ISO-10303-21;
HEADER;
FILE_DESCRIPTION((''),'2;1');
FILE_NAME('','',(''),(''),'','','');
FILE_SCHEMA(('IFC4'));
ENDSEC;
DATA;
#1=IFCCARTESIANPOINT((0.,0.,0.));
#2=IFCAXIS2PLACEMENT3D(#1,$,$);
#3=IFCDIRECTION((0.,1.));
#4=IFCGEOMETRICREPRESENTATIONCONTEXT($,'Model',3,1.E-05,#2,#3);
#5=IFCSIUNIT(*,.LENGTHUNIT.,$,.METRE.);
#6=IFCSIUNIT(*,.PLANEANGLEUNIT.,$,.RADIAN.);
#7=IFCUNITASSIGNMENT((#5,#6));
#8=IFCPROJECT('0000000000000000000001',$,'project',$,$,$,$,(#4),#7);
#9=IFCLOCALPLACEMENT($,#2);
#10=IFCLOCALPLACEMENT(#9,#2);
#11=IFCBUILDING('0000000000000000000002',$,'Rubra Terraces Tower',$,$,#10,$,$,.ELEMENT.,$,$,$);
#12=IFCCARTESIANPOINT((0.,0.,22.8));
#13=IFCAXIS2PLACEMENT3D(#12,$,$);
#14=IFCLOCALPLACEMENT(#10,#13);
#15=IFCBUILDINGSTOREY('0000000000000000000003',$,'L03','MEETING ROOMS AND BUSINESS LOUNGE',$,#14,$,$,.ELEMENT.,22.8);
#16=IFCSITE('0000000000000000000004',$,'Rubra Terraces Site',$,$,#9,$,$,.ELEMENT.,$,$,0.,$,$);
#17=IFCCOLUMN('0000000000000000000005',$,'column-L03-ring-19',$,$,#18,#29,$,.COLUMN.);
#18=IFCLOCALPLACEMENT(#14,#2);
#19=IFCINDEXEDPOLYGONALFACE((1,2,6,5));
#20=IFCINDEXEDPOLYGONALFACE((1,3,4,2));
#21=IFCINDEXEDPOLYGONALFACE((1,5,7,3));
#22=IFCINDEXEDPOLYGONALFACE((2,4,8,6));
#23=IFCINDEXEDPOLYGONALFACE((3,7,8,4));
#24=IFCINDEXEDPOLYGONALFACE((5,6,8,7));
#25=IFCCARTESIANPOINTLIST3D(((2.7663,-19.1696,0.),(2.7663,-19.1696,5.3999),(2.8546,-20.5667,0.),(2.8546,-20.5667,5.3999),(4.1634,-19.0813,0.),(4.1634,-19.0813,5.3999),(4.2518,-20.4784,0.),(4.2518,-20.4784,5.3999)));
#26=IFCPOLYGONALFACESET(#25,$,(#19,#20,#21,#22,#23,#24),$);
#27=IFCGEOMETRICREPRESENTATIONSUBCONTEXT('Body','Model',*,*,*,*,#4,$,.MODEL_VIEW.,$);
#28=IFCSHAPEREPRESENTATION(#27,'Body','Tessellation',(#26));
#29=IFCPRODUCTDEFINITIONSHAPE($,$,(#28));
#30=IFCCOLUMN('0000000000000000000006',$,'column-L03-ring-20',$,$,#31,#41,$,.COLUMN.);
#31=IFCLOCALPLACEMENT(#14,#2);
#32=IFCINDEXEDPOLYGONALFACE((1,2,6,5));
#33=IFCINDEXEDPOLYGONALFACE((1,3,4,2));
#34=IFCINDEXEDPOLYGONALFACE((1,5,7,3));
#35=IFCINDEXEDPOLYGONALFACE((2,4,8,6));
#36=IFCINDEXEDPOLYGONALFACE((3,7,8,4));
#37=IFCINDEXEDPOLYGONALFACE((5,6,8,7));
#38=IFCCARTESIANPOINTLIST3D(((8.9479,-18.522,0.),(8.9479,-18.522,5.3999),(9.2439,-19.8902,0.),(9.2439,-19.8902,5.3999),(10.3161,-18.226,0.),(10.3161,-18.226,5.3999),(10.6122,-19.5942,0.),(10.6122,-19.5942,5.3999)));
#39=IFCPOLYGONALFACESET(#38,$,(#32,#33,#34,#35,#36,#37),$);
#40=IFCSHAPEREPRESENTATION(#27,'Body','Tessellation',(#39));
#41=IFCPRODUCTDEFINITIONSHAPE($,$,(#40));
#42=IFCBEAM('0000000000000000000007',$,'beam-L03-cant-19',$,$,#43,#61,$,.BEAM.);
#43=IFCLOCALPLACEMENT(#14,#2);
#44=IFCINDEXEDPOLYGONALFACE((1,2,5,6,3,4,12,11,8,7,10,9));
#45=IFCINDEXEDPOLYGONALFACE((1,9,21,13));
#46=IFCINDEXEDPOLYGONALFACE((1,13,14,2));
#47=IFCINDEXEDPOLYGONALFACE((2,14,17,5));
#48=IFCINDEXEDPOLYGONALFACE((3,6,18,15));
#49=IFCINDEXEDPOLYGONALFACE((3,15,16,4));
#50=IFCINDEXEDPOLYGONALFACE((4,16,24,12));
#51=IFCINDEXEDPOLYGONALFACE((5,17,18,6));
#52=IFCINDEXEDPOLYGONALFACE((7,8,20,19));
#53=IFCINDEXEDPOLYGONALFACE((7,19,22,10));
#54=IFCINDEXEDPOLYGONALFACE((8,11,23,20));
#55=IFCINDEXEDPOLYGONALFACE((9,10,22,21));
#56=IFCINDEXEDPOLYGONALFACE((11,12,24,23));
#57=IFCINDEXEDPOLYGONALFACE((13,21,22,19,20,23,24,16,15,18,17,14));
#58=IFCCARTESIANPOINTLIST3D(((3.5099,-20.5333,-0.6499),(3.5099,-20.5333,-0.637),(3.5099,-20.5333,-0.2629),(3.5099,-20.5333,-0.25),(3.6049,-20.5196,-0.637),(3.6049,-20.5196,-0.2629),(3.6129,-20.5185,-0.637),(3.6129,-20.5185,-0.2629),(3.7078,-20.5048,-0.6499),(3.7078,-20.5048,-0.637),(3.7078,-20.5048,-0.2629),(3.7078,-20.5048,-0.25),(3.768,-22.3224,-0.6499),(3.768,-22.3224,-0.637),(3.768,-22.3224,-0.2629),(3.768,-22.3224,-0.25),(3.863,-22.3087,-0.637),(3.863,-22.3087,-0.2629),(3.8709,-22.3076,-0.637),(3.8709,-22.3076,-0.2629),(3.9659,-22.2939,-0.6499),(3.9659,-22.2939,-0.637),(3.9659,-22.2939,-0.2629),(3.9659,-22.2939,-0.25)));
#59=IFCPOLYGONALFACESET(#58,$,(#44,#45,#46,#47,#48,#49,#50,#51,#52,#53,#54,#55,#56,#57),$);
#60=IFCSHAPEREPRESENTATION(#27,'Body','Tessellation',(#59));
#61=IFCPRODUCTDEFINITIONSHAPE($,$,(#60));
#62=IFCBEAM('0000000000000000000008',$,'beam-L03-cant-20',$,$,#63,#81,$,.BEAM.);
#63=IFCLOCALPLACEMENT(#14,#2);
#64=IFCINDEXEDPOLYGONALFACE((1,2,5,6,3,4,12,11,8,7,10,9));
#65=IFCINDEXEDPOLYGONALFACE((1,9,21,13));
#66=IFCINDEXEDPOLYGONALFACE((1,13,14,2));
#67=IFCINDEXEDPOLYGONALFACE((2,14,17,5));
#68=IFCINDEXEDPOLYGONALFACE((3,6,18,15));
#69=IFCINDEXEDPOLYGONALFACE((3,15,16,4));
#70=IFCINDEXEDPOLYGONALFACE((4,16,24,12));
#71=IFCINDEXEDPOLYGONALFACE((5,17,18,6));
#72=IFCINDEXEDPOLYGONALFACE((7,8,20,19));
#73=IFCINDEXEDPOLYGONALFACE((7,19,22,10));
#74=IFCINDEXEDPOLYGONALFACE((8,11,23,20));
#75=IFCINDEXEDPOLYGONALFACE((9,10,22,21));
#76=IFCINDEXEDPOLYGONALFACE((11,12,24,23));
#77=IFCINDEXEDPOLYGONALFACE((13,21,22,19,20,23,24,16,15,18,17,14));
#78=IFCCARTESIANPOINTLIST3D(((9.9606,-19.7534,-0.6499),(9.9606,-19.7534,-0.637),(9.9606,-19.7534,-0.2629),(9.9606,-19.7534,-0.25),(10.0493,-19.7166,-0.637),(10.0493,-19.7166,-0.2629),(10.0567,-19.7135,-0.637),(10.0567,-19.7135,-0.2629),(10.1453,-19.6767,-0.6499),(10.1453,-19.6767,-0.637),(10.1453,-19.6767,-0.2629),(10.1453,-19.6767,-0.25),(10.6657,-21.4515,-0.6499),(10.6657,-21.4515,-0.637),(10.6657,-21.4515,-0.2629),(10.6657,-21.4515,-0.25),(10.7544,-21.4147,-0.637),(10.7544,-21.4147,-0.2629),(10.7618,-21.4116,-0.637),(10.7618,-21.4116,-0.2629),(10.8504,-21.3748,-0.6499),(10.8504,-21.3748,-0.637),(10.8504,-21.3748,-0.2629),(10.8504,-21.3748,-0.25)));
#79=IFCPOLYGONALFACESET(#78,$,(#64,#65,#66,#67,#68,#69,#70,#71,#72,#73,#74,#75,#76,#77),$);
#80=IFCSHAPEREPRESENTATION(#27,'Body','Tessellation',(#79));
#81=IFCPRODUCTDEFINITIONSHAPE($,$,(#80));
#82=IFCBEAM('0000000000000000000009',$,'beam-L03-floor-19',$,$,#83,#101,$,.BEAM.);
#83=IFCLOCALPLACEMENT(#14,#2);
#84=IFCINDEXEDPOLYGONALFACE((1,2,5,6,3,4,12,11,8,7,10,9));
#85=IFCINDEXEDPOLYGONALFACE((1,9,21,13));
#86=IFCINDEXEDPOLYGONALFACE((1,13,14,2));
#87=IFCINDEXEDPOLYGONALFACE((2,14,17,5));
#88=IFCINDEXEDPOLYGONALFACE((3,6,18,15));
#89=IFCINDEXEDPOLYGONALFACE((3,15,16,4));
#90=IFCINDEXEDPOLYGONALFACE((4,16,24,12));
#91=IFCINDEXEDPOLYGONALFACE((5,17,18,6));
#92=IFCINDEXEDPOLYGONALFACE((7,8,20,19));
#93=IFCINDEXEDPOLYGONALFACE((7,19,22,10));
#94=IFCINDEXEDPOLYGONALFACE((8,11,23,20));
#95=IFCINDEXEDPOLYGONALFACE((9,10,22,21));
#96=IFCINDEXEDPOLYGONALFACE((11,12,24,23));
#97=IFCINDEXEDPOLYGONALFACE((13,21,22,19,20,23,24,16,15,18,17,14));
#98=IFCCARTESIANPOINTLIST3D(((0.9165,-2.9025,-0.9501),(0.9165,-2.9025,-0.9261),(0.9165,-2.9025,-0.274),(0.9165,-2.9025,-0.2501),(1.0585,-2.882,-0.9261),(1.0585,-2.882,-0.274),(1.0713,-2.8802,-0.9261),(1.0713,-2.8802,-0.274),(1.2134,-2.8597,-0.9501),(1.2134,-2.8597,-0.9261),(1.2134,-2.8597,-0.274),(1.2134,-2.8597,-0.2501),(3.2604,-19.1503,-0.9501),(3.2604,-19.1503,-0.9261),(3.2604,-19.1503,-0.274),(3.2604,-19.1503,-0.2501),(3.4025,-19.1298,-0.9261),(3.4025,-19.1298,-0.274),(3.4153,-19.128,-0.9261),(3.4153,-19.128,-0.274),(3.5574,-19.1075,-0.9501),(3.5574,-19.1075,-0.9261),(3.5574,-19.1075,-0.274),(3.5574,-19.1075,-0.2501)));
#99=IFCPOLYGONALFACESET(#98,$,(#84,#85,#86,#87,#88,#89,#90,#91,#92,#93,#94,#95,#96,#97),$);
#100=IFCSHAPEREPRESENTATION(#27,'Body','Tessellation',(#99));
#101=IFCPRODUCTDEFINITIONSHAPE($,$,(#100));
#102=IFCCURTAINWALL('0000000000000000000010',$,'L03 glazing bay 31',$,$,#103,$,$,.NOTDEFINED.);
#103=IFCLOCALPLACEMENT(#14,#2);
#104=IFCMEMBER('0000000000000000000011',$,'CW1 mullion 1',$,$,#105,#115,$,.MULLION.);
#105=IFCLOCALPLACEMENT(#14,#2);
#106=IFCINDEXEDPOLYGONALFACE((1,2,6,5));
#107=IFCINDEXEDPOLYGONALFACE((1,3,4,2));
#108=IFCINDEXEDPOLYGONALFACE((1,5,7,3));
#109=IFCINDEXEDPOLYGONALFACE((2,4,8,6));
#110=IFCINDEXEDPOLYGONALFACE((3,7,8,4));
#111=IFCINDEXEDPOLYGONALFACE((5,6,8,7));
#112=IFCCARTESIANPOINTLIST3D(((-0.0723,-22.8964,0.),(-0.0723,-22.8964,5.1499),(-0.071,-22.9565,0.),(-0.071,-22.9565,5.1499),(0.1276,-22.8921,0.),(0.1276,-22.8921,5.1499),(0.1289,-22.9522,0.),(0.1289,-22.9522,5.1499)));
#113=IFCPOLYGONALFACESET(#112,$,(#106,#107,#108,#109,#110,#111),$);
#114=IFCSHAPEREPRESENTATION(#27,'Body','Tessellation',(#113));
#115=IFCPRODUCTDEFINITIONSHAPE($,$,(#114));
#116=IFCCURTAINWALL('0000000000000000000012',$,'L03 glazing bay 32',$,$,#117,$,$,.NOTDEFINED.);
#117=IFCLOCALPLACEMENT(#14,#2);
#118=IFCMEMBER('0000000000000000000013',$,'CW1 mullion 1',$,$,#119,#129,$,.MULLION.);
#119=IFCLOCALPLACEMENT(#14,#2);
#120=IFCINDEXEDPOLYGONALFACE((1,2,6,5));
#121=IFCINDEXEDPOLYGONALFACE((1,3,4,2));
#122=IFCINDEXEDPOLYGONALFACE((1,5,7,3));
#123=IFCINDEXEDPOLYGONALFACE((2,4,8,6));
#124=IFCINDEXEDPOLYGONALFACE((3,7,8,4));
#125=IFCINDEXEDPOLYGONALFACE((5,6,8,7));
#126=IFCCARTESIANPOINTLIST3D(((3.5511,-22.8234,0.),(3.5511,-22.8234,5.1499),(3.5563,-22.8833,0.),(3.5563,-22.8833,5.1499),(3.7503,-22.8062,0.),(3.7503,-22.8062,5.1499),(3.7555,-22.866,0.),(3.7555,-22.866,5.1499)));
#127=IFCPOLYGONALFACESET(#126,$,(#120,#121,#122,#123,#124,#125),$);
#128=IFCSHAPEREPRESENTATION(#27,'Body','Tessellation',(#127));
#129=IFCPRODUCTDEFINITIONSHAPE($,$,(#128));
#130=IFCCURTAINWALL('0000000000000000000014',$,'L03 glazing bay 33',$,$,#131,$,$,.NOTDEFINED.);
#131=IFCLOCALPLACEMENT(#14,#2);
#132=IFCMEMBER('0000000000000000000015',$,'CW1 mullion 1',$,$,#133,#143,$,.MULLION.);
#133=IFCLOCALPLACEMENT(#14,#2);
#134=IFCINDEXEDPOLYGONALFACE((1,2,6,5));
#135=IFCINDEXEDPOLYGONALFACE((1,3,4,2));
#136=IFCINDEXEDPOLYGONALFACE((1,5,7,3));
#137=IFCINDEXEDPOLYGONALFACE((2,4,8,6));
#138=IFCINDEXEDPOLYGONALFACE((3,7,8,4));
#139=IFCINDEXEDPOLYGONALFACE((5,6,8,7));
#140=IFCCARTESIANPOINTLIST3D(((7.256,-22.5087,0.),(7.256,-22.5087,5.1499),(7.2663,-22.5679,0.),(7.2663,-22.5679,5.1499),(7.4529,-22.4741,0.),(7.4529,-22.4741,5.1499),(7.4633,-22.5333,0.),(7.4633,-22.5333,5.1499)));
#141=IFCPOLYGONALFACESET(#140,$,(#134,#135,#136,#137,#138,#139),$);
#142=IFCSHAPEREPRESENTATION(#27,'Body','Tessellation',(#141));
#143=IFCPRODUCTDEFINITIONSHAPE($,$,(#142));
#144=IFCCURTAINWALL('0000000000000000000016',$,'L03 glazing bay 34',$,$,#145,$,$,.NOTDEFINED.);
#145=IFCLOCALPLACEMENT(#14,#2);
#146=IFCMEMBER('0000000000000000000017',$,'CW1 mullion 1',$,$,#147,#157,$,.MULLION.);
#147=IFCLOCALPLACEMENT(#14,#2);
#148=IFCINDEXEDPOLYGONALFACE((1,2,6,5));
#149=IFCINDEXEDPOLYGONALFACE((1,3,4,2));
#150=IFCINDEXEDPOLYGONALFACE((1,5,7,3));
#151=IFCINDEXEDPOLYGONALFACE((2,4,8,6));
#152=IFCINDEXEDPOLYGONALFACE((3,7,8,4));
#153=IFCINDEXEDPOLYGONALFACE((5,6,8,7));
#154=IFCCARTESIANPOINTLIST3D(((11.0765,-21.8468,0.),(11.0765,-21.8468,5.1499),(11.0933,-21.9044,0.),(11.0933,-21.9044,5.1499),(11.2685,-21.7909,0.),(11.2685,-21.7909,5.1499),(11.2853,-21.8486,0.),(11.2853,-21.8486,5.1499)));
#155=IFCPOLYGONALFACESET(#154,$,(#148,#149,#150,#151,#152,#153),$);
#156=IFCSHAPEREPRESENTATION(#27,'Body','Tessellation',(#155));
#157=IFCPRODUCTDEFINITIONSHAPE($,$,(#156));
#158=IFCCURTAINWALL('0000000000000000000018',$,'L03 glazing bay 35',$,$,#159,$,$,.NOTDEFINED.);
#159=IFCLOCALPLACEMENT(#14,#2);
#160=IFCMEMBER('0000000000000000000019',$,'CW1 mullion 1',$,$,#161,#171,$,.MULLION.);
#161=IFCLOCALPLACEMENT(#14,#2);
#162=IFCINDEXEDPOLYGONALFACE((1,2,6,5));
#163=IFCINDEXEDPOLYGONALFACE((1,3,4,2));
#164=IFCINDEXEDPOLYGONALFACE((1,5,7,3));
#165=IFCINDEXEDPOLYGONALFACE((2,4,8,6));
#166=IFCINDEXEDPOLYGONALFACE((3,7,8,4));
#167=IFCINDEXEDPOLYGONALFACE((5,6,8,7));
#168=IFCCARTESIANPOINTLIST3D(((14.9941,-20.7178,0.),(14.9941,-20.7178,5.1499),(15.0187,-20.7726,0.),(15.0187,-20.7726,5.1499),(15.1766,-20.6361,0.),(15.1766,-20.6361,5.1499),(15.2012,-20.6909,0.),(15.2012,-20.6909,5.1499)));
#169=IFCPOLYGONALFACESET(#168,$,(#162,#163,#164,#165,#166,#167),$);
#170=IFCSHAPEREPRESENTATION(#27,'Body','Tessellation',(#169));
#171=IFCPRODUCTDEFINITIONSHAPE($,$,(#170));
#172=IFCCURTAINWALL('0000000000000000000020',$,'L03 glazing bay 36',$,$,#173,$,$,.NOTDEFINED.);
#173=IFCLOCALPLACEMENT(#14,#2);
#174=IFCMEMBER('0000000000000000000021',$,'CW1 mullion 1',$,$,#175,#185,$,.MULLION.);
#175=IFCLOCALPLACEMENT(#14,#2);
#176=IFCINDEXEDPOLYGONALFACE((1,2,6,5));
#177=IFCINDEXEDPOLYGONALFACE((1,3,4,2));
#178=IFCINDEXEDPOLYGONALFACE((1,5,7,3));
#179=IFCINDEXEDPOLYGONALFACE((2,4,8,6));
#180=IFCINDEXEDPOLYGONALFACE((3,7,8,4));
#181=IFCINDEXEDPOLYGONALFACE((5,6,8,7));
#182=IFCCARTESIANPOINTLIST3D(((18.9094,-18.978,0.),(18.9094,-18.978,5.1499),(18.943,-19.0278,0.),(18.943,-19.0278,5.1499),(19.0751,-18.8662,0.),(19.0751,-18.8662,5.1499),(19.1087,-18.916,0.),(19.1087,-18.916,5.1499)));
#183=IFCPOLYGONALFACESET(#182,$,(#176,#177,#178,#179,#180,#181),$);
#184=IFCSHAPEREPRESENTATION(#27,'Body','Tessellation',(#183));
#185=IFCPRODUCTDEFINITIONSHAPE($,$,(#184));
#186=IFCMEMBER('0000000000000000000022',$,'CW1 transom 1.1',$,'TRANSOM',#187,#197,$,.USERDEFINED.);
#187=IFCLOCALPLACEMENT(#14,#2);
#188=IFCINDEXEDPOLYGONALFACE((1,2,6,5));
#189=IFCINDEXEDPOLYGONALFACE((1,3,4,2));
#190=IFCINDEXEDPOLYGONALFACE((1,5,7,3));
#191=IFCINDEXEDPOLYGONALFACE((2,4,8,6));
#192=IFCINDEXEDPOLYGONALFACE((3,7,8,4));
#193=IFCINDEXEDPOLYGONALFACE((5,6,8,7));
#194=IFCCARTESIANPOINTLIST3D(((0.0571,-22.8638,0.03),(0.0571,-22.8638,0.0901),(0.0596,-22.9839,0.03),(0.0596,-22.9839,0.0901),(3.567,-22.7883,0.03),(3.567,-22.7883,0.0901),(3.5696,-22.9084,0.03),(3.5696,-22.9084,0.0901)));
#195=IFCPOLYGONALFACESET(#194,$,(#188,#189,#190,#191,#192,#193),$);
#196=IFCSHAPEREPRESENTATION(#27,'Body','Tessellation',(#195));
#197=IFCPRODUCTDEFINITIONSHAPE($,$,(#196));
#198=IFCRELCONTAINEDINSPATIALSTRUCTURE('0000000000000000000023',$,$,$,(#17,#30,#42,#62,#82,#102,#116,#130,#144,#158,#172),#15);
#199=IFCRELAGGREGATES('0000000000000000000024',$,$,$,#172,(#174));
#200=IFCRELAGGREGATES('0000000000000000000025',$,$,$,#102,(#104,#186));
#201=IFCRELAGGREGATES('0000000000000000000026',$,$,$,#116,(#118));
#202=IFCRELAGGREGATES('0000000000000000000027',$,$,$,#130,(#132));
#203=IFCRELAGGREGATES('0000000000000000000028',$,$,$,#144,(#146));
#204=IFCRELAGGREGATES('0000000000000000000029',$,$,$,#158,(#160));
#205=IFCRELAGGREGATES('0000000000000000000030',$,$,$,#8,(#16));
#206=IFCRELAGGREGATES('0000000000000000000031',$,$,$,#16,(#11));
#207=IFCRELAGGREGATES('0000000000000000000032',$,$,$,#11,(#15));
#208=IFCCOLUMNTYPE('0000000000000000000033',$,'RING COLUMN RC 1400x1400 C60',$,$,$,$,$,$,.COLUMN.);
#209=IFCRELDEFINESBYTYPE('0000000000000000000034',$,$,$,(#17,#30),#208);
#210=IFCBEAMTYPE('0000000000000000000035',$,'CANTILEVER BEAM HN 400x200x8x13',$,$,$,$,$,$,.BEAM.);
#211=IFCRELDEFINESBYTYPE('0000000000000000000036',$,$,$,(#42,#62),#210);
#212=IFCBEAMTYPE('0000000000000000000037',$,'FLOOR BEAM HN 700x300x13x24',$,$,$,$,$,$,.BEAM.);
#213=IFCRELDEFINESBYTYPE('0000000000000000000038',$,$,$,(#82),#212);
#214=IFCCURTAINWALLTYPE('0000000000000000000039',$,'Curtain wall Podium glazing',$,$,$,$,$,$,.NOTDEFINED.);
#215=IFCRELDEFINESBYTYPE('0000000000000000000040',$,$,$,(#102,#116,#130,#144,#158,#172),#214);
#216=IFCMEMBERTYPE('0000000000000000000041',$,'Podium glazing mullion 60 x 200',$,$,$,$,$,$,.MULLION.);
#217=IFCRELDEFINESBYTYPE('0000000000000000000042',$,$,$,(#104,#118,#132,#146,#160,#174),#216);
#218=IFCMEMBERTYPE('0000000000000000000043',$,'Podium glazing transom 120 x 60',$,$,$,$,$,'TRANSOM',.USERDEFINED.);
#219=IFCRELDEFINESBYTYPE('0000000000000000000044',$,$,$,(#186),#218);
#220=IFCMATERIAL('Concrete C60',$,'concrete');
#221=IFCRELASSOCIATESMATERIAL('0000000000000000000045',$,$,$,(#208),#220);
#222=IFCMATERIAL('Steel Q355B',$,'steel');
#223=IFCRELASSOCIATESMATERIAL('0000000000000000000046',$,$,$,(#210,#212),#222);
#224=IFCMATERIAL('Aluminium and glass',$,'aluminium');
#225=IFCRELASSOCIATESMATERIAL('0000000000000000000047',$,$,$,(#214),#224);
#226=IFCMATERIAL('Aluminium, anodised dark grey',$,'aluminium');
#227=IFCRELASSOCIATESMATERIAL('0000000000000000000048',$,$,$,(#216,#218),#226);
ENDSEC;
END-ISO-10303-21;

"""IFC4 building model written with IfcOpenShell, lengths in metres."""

from ifc_helpers import new_model, si_unit, direction, frame, origin, origin_2d, place, context, subcontext, project, spatial, rectangle, i_section, extrude, material, material_profile, profile_set, type_object, element, aggregate, save


model = new_model("IFC4")

# Units and contexts
model_context = context("Model", 3, precision=1e-05, world=origin(), true_north=direction((0.0, 1.0)))
body_context = subcontext(model_context, "Body", "Model", "MODEL_VIEW")
ifc_project = project(units=[si_unit("LENGTHUNIT", "METRE"), si_unit("PLANEANGLEUNIT", "RADIAN")], contexts=[model_context])

# Site, building, storey
site_placement = place(None, origin())
site = spatial("IfcSite", under=ifc_project, at=site_placement, Name="Rubra Terraces Site", CompositionType="ELEMENT", RefElevation=0.0)
building_placement = place(site_placement, origin())
building = spatial("IfcBuilding", under=site, at=building_placement, Name="Rubra Terraces Tower", CompositionType="ELEMENT")
storey_placement = place(building_placement, frame((0.0, 0.0, 22.8)))
storey = spatial("IfcBuildingStorey", under=building, at=storey_placement, Name="L03", Description="MEETING ROOMS AND BUSINESS LOUNGE", CompositionType="ELEMENT", Elevation=22.8)

# Columns
ifc_material_1 = material(Name="Concrete C60", Category="concrete")
ifc_material_profile_1 = material_profile(ifc_material_1, rectangle(XDim=1.3999, YDim=1.3999, at=origin_2d()), Name="RC 1400x1400")
ifc_profile_set_1 = profile_set([ifc_material_profile_1], Name="Concrete C60")
column_type = type_object("IfcColumnType", Name="RING COLUMN RC 1400x1400 C60", PredefinedType="COLUMN", material=ifc_profile_set_1)
for number, where, z_axis, x_axis, name in (
    (1, (3.509, -19.824, 0.0), (0.0, 0.0, 1.0), (0.998008, 0.063094, 0.0), "column-L03-ring-19"),
    (2, (9.78, -19.0581, 0.0), (0.0, 0.0, 1.0), (0.977386, 0.211462, 0.0), "column-L03-ring-20"),
):
    element("IfcColumn", number, at=place(storey_placement, frame(where, z_axis=z_axis, x_axis=x_axis)), inside=storey, type_object=column_type, Name=name, PredefinedType="COLUMN", context=body_context, shape_type="SweptSolid", body=[
        extrude(rectangle(XDim=1.3999, YDim=1.3999, at=origin_2d()), origin(), (0.0, 0.0, 1.0), 5.3999),
    ])

# Beams
ifc_material_2 = material(Name="Steel Q355B", Category="steel")
ifc_material_profile_2 = material_profile(ifc_material_2, i_section(OverallWidth=0.2, OverallDepth=0.3999, WebThickness=0.0081, FlangeThickness=0.0129, at=origin_2d()), Name="HN 400x200x8x13")
ifc_profile_set_2 = profile_set([ifc_material_profile_2], Name="Steel Q355B")
beam_type_1 = type_object("IfcBeamType", Name="CANTILEVER BEAM HN 400x200x8x13", PredefinedType="BEAM", material=ifc_profile_set_2)
beam_1_placement = place(storey_placement, frame((3.6089, -20.519, -0.45), z_axis=(0.142764, -0.989757, 0.0), x_axis=(0.989757, 0.142764, 0.0)))
element("IfcBeam", 3, at=beam_1_placement, inside=storey, type_object=beam_type_1, Name="beam-L03-cant-19", PredefinedType="BEAM", context=body_context, shape_type="SweptSolid", body=[
    extrude(i_section(OverallWidth=0.2, OverallDepth=0.3999, WebThickness=0.0081, FlangeThickness=0.0129, at=origin_2d()), origin(), (0.0, 0.0, 1.0), 1.8076),
])
beam_2_placement = place(storey_placement, frame((10.053, -19.7151, -0.45), z_axis=(0.383493, -0.923544, 0.0), x_axis=(0.923544, 0.383493, 0.0)))
element("IfcBeam", 4, at=beam_2_placement, inside=storey, type_object=beam_type_1, Name="beam-L03-cant-20", PredefinedType="BEAM", context=body_context, shape_type="SweptSolid", body=[
    extrude(i_section(OverallWidth=0.2, OverallDepth=0.3999, WebThickness=0.0081, FlangeThickness=0.0129, at=origin_2d()), origin(), (0.0, 0.0, 1.0), 1.8386),
])
ifc_material_profile_3 = material_profile(ifc_material_2, i_section(OverallWidth=0.3, OverallDepth=0.7, WebThickness=0.0129, FlangeThickness=0.0239, at=origin_2d()), Name="HN 700x300x13x24")
ifc_profile_set_3 = profile_set([ifc_material_profile_3], Name="Steel Q355B")
beam_type_2 = type_object("IfcBeamType", Name="FLOOR BEAM HN 700x300x13x24", PredefinedType="BEAM", material=ifc_profile_set_3)
beam_3_placement = place(storey_placement, frame((3.4089, -19.1289, -0.6001), z_axis=(-0.142787, 0.989753, 0.0), x_axis=(-0.989753, -0.142787, 0.0)))
element("IfcBeam", 5, at=beam_3_placement, inside=storey, type_object=beam_type_2, Name="beam-L03-floor-19", PredefinedType="BEAM", context=body_context, shape_type="SweptSolid", body=[
    extrude(i_section(OverallWidth=0.3, OverallDepth=0.7, WebThickness=0.0129, FlangeThickness=0.0239, at=origin_2d()), origin(), (0.0, 0.0, 1.0), 16.416),
])

# Curtain walls, members
ifc_material_3 = material(Name="Aluminium and glass", Category="aluminium")
curtain_wall_type = type_object("IfcCurtainWallType", Name="Curtain wall Podium glazing", PredefinedType="NOTDEFINED", material=ifc_material_3)
curtain_wall_1_placement = place(storey_placement, origin())
curtain_wall_1 = element("IfcCurtainWall", 6, at=curtain_wall_1_placement, inside=storey, type_object=curtain_wall_type, Name="L03 glazing bay 31", PredefinedType="NOTDEFINED")
ifc_material_4 = material(Name="Aluminium, anodised dark grey", Category="aluminium")
ifc_material_profile_4 = material_profile(ifc_material_4, rectangle(XDim=0.0601, YDim=0.2, at=origin_2d()), Name="AL 60x200")
ifc_profile_set_4 = profile_set([ifc_material_profile_4], Name="Aluminium, anodised dark grey")
member_type_1 = type_object("IfcMemberType", Name="Podium glazing mullion 60 x 200", PredefinedType="MULLION", material=ifc_profile_set_4)
member_1_placement = place(storey_placement, frame((0.0283, -22.9243, 0.0), z_axis=(0.0, 0.0, 1.0), x_axis=(-0.021483, 0.999769, 0.0)))
member_1 = element("IfcMember", 7, at=member_1_placement, type_object=member_type_1, Name="CW1 mullion 1", PredefinedType="MULLION", context=body_context, shape_type="SweptSolid", body=[
    extrude(rectangle(XDim=0.0601, YDim=0.2, at=origin_2d()), origin(), (0.0, 0.0, 1.0), 5.1499),
])
curtain_wall_2_placement = place(storey_placement, origin())
curtain_wall_2 = element("IfcCurtainWall", 8, at=curtain_wall_2_placement, inside=storey, type_object=curtain_wall_type, Name="L03 glazing bay 32", PredefinedType="NOTDEFINED")
member_2_placement = place(storey_placement, frame((3.6533, -22.8447, 0.0), z_axis=(0.0, 0.0, 1.0), x_axis=(-0.086398, 0.996261, 0.0)))
member_2 = element("IfcMember", 9, at=member_2_placement, type_object=member_type_1, Name="CW1 mullion 1", PredefinedType="MULLION", context=body_context, shape_type="SweptSolid", body=[
    extrude(rectangle(XDim=0.0601, YDim=0.2, at=origin_2d()), origin(), (0.0, 0.0, 1.0), 5.1499),
])
curtain_wall_3_placement = place(storey_placement, origin())
curtain_wall_3 = element("IfcCurtainWall", 10, at=curtain_wall_3_placement, inside=storey, type_object=curtain_wall_type, Name="L03 glazing bay 33", PredefinedType="NOTDEFINED")
member_3_placement = place(storey_placement, frame((7.3596, -22.521, 0.0), z_axis=(0.0, 0.0, 1.0), x_axis=(-0.172817, 0.984954, 0.0)))
member_3 = element("IfcMember", 11, at=member_3_placement, type_object=member_type_1, Name="CW1 mullion 1", PredefinedType="MULLION", context=body_context, shape_type="SweptSolid", body=[
    extrude(rectangle(XDim=0.0601, YDim=0.2, at=origin_2d()), origin(), (0.0, 0.0, 1.0), 5.1499),
])
curtain_wall_4_placement = place(storey_placement, origin())
curtain_wall_4 = element("IfcCurtainWall", 12, at=curtain_wall_4_placement, inside=storey, type_object=curtain_wall_type, Name="L03 glazing bay 34", PredefinedType="NOTDEFINED")
member_4_placement = place(storey_placement, frame((11.1809, -21.8477, 0.0), z_axis=(0.0, 0.0, 1.0), x_axis=(-0.279399, 0.960175, 0.0)))
member_4 = element("IfcMember", 13, at=member_4_placement, type_object=member_type_1, Name="CW1 mullion 1", PredefinedType="MULLION", context=body_context, shape_type="SweptSolid", body=[
    extrude(rectangle(XDim=0.0601, YDim=0.2, at=origin_2d()), origin(), (0.0, 0.0, 1.0), 5.1499),
])
curtain_wall_5_placement = place(storey_placement, origin())
curtain_wall_5 = element("IfcCurtainWall", 14, at=curtain_wall_5_placement, inside=storey, type_object=curtain_wall_type, Name="L03 glazing bay 35", PredefinedType="NOTDEFINED")
member_5_placement = place(storey_placement, frame((15.0977, -20.7043, 0.0), z_axis=(0.0, 0.0, 1.0), x_axis=(-0.408962, 0.912551, 0.0)))
member_5 = element("IfcMember", 15, at=member_5_placement, type_object=member_type_1, Name="CW1 mullion 1", PredefinedType="MULLION", context=body_context, shape_type="SweptSolid", body=[
    extrude(rectangle(XDim=0.0601, YDim=0.2, at=origin_2d()), origin(), (0.0, 0.0, 1.0), 5.1499),
])
curtain_wall_6_placement = place(storey_placement, origin())
curtain_wall_6 = element("IfcCurtainWall", 16, at=curtain_wall_6_placement, inside=storey, type_object=curtain_wall_type, Name="L03 glazing bay 36", PredefinedType="NOTDEFINED")
member_6_placement = place(storey_placement, frame((19.009, -18.947, 0.0), z_axis=(0.0, 0.0, 1.0), x_axis=(-0.559277, 0.828981, 0.0)))
member_6 = element("IfcMember", 17, at=member_6_placement, type_object=member_type_1, Name="CW1 mullion 1", PredefinedType="MULLION", context=body_context, shape_type="SweptSolid", body=[
    extrude(rectangle(XDim=0.0601, YDim=0.2, at=origin_2d()), origin(), (0.0, 0.0, 1.0), 5.1499),
])

# Member
ifc_material_profile_5 = material_profile(ifc_material_4, rectangle(XDim=0.1201, YDim=0.0601, at=origin_2d()), Name="AL 120x60")
ifc_profile_set_5 = profile_set([ifc_material_profile_5], Name="Aluminium, anodised dark grey")
member_type_2 = type_object("IfcMemberType", Name="Podium glazing transom 120 x 60", ElementType="TRANSOM", PredefinedType="USERDEFINED", material=ifc_profile_set_5)
member_7_placement = place(storey_placement, frame((0.0583, -22.9238, 0.0601), z_axis=(0.999769, 0.021488, 0.0), x_axis=(-0.021488, 0.999769, 0.0)))
member_7 = element("IfcMember", 18, at=member_7_placement, type_object=member_type_2, Name="CW1 transom 1.1", ObjectType="TRANSOM", PredefinedType="USERDEFINED", context=body_context, shape_type="SweptSolid", body=[
    extrude(rectangle(XDim=0.1201, YDim=0.0601, at=origin_2d()), origin(), (0.0, 0.0, 1.0), 3.5107),
])
aggregate(curtain_wall_6, [member_6])

aggregate(curtain_wall_1, [member_1, member_7])
aggregate(curtain_wall_2, [member_2])
aggregate(curtain_wall_3, [member_3])
aggregate(curtain_wall_4, [member_4])
aggregate(curtain_wall_5, [member_5])

save(model, "model.ifc")
